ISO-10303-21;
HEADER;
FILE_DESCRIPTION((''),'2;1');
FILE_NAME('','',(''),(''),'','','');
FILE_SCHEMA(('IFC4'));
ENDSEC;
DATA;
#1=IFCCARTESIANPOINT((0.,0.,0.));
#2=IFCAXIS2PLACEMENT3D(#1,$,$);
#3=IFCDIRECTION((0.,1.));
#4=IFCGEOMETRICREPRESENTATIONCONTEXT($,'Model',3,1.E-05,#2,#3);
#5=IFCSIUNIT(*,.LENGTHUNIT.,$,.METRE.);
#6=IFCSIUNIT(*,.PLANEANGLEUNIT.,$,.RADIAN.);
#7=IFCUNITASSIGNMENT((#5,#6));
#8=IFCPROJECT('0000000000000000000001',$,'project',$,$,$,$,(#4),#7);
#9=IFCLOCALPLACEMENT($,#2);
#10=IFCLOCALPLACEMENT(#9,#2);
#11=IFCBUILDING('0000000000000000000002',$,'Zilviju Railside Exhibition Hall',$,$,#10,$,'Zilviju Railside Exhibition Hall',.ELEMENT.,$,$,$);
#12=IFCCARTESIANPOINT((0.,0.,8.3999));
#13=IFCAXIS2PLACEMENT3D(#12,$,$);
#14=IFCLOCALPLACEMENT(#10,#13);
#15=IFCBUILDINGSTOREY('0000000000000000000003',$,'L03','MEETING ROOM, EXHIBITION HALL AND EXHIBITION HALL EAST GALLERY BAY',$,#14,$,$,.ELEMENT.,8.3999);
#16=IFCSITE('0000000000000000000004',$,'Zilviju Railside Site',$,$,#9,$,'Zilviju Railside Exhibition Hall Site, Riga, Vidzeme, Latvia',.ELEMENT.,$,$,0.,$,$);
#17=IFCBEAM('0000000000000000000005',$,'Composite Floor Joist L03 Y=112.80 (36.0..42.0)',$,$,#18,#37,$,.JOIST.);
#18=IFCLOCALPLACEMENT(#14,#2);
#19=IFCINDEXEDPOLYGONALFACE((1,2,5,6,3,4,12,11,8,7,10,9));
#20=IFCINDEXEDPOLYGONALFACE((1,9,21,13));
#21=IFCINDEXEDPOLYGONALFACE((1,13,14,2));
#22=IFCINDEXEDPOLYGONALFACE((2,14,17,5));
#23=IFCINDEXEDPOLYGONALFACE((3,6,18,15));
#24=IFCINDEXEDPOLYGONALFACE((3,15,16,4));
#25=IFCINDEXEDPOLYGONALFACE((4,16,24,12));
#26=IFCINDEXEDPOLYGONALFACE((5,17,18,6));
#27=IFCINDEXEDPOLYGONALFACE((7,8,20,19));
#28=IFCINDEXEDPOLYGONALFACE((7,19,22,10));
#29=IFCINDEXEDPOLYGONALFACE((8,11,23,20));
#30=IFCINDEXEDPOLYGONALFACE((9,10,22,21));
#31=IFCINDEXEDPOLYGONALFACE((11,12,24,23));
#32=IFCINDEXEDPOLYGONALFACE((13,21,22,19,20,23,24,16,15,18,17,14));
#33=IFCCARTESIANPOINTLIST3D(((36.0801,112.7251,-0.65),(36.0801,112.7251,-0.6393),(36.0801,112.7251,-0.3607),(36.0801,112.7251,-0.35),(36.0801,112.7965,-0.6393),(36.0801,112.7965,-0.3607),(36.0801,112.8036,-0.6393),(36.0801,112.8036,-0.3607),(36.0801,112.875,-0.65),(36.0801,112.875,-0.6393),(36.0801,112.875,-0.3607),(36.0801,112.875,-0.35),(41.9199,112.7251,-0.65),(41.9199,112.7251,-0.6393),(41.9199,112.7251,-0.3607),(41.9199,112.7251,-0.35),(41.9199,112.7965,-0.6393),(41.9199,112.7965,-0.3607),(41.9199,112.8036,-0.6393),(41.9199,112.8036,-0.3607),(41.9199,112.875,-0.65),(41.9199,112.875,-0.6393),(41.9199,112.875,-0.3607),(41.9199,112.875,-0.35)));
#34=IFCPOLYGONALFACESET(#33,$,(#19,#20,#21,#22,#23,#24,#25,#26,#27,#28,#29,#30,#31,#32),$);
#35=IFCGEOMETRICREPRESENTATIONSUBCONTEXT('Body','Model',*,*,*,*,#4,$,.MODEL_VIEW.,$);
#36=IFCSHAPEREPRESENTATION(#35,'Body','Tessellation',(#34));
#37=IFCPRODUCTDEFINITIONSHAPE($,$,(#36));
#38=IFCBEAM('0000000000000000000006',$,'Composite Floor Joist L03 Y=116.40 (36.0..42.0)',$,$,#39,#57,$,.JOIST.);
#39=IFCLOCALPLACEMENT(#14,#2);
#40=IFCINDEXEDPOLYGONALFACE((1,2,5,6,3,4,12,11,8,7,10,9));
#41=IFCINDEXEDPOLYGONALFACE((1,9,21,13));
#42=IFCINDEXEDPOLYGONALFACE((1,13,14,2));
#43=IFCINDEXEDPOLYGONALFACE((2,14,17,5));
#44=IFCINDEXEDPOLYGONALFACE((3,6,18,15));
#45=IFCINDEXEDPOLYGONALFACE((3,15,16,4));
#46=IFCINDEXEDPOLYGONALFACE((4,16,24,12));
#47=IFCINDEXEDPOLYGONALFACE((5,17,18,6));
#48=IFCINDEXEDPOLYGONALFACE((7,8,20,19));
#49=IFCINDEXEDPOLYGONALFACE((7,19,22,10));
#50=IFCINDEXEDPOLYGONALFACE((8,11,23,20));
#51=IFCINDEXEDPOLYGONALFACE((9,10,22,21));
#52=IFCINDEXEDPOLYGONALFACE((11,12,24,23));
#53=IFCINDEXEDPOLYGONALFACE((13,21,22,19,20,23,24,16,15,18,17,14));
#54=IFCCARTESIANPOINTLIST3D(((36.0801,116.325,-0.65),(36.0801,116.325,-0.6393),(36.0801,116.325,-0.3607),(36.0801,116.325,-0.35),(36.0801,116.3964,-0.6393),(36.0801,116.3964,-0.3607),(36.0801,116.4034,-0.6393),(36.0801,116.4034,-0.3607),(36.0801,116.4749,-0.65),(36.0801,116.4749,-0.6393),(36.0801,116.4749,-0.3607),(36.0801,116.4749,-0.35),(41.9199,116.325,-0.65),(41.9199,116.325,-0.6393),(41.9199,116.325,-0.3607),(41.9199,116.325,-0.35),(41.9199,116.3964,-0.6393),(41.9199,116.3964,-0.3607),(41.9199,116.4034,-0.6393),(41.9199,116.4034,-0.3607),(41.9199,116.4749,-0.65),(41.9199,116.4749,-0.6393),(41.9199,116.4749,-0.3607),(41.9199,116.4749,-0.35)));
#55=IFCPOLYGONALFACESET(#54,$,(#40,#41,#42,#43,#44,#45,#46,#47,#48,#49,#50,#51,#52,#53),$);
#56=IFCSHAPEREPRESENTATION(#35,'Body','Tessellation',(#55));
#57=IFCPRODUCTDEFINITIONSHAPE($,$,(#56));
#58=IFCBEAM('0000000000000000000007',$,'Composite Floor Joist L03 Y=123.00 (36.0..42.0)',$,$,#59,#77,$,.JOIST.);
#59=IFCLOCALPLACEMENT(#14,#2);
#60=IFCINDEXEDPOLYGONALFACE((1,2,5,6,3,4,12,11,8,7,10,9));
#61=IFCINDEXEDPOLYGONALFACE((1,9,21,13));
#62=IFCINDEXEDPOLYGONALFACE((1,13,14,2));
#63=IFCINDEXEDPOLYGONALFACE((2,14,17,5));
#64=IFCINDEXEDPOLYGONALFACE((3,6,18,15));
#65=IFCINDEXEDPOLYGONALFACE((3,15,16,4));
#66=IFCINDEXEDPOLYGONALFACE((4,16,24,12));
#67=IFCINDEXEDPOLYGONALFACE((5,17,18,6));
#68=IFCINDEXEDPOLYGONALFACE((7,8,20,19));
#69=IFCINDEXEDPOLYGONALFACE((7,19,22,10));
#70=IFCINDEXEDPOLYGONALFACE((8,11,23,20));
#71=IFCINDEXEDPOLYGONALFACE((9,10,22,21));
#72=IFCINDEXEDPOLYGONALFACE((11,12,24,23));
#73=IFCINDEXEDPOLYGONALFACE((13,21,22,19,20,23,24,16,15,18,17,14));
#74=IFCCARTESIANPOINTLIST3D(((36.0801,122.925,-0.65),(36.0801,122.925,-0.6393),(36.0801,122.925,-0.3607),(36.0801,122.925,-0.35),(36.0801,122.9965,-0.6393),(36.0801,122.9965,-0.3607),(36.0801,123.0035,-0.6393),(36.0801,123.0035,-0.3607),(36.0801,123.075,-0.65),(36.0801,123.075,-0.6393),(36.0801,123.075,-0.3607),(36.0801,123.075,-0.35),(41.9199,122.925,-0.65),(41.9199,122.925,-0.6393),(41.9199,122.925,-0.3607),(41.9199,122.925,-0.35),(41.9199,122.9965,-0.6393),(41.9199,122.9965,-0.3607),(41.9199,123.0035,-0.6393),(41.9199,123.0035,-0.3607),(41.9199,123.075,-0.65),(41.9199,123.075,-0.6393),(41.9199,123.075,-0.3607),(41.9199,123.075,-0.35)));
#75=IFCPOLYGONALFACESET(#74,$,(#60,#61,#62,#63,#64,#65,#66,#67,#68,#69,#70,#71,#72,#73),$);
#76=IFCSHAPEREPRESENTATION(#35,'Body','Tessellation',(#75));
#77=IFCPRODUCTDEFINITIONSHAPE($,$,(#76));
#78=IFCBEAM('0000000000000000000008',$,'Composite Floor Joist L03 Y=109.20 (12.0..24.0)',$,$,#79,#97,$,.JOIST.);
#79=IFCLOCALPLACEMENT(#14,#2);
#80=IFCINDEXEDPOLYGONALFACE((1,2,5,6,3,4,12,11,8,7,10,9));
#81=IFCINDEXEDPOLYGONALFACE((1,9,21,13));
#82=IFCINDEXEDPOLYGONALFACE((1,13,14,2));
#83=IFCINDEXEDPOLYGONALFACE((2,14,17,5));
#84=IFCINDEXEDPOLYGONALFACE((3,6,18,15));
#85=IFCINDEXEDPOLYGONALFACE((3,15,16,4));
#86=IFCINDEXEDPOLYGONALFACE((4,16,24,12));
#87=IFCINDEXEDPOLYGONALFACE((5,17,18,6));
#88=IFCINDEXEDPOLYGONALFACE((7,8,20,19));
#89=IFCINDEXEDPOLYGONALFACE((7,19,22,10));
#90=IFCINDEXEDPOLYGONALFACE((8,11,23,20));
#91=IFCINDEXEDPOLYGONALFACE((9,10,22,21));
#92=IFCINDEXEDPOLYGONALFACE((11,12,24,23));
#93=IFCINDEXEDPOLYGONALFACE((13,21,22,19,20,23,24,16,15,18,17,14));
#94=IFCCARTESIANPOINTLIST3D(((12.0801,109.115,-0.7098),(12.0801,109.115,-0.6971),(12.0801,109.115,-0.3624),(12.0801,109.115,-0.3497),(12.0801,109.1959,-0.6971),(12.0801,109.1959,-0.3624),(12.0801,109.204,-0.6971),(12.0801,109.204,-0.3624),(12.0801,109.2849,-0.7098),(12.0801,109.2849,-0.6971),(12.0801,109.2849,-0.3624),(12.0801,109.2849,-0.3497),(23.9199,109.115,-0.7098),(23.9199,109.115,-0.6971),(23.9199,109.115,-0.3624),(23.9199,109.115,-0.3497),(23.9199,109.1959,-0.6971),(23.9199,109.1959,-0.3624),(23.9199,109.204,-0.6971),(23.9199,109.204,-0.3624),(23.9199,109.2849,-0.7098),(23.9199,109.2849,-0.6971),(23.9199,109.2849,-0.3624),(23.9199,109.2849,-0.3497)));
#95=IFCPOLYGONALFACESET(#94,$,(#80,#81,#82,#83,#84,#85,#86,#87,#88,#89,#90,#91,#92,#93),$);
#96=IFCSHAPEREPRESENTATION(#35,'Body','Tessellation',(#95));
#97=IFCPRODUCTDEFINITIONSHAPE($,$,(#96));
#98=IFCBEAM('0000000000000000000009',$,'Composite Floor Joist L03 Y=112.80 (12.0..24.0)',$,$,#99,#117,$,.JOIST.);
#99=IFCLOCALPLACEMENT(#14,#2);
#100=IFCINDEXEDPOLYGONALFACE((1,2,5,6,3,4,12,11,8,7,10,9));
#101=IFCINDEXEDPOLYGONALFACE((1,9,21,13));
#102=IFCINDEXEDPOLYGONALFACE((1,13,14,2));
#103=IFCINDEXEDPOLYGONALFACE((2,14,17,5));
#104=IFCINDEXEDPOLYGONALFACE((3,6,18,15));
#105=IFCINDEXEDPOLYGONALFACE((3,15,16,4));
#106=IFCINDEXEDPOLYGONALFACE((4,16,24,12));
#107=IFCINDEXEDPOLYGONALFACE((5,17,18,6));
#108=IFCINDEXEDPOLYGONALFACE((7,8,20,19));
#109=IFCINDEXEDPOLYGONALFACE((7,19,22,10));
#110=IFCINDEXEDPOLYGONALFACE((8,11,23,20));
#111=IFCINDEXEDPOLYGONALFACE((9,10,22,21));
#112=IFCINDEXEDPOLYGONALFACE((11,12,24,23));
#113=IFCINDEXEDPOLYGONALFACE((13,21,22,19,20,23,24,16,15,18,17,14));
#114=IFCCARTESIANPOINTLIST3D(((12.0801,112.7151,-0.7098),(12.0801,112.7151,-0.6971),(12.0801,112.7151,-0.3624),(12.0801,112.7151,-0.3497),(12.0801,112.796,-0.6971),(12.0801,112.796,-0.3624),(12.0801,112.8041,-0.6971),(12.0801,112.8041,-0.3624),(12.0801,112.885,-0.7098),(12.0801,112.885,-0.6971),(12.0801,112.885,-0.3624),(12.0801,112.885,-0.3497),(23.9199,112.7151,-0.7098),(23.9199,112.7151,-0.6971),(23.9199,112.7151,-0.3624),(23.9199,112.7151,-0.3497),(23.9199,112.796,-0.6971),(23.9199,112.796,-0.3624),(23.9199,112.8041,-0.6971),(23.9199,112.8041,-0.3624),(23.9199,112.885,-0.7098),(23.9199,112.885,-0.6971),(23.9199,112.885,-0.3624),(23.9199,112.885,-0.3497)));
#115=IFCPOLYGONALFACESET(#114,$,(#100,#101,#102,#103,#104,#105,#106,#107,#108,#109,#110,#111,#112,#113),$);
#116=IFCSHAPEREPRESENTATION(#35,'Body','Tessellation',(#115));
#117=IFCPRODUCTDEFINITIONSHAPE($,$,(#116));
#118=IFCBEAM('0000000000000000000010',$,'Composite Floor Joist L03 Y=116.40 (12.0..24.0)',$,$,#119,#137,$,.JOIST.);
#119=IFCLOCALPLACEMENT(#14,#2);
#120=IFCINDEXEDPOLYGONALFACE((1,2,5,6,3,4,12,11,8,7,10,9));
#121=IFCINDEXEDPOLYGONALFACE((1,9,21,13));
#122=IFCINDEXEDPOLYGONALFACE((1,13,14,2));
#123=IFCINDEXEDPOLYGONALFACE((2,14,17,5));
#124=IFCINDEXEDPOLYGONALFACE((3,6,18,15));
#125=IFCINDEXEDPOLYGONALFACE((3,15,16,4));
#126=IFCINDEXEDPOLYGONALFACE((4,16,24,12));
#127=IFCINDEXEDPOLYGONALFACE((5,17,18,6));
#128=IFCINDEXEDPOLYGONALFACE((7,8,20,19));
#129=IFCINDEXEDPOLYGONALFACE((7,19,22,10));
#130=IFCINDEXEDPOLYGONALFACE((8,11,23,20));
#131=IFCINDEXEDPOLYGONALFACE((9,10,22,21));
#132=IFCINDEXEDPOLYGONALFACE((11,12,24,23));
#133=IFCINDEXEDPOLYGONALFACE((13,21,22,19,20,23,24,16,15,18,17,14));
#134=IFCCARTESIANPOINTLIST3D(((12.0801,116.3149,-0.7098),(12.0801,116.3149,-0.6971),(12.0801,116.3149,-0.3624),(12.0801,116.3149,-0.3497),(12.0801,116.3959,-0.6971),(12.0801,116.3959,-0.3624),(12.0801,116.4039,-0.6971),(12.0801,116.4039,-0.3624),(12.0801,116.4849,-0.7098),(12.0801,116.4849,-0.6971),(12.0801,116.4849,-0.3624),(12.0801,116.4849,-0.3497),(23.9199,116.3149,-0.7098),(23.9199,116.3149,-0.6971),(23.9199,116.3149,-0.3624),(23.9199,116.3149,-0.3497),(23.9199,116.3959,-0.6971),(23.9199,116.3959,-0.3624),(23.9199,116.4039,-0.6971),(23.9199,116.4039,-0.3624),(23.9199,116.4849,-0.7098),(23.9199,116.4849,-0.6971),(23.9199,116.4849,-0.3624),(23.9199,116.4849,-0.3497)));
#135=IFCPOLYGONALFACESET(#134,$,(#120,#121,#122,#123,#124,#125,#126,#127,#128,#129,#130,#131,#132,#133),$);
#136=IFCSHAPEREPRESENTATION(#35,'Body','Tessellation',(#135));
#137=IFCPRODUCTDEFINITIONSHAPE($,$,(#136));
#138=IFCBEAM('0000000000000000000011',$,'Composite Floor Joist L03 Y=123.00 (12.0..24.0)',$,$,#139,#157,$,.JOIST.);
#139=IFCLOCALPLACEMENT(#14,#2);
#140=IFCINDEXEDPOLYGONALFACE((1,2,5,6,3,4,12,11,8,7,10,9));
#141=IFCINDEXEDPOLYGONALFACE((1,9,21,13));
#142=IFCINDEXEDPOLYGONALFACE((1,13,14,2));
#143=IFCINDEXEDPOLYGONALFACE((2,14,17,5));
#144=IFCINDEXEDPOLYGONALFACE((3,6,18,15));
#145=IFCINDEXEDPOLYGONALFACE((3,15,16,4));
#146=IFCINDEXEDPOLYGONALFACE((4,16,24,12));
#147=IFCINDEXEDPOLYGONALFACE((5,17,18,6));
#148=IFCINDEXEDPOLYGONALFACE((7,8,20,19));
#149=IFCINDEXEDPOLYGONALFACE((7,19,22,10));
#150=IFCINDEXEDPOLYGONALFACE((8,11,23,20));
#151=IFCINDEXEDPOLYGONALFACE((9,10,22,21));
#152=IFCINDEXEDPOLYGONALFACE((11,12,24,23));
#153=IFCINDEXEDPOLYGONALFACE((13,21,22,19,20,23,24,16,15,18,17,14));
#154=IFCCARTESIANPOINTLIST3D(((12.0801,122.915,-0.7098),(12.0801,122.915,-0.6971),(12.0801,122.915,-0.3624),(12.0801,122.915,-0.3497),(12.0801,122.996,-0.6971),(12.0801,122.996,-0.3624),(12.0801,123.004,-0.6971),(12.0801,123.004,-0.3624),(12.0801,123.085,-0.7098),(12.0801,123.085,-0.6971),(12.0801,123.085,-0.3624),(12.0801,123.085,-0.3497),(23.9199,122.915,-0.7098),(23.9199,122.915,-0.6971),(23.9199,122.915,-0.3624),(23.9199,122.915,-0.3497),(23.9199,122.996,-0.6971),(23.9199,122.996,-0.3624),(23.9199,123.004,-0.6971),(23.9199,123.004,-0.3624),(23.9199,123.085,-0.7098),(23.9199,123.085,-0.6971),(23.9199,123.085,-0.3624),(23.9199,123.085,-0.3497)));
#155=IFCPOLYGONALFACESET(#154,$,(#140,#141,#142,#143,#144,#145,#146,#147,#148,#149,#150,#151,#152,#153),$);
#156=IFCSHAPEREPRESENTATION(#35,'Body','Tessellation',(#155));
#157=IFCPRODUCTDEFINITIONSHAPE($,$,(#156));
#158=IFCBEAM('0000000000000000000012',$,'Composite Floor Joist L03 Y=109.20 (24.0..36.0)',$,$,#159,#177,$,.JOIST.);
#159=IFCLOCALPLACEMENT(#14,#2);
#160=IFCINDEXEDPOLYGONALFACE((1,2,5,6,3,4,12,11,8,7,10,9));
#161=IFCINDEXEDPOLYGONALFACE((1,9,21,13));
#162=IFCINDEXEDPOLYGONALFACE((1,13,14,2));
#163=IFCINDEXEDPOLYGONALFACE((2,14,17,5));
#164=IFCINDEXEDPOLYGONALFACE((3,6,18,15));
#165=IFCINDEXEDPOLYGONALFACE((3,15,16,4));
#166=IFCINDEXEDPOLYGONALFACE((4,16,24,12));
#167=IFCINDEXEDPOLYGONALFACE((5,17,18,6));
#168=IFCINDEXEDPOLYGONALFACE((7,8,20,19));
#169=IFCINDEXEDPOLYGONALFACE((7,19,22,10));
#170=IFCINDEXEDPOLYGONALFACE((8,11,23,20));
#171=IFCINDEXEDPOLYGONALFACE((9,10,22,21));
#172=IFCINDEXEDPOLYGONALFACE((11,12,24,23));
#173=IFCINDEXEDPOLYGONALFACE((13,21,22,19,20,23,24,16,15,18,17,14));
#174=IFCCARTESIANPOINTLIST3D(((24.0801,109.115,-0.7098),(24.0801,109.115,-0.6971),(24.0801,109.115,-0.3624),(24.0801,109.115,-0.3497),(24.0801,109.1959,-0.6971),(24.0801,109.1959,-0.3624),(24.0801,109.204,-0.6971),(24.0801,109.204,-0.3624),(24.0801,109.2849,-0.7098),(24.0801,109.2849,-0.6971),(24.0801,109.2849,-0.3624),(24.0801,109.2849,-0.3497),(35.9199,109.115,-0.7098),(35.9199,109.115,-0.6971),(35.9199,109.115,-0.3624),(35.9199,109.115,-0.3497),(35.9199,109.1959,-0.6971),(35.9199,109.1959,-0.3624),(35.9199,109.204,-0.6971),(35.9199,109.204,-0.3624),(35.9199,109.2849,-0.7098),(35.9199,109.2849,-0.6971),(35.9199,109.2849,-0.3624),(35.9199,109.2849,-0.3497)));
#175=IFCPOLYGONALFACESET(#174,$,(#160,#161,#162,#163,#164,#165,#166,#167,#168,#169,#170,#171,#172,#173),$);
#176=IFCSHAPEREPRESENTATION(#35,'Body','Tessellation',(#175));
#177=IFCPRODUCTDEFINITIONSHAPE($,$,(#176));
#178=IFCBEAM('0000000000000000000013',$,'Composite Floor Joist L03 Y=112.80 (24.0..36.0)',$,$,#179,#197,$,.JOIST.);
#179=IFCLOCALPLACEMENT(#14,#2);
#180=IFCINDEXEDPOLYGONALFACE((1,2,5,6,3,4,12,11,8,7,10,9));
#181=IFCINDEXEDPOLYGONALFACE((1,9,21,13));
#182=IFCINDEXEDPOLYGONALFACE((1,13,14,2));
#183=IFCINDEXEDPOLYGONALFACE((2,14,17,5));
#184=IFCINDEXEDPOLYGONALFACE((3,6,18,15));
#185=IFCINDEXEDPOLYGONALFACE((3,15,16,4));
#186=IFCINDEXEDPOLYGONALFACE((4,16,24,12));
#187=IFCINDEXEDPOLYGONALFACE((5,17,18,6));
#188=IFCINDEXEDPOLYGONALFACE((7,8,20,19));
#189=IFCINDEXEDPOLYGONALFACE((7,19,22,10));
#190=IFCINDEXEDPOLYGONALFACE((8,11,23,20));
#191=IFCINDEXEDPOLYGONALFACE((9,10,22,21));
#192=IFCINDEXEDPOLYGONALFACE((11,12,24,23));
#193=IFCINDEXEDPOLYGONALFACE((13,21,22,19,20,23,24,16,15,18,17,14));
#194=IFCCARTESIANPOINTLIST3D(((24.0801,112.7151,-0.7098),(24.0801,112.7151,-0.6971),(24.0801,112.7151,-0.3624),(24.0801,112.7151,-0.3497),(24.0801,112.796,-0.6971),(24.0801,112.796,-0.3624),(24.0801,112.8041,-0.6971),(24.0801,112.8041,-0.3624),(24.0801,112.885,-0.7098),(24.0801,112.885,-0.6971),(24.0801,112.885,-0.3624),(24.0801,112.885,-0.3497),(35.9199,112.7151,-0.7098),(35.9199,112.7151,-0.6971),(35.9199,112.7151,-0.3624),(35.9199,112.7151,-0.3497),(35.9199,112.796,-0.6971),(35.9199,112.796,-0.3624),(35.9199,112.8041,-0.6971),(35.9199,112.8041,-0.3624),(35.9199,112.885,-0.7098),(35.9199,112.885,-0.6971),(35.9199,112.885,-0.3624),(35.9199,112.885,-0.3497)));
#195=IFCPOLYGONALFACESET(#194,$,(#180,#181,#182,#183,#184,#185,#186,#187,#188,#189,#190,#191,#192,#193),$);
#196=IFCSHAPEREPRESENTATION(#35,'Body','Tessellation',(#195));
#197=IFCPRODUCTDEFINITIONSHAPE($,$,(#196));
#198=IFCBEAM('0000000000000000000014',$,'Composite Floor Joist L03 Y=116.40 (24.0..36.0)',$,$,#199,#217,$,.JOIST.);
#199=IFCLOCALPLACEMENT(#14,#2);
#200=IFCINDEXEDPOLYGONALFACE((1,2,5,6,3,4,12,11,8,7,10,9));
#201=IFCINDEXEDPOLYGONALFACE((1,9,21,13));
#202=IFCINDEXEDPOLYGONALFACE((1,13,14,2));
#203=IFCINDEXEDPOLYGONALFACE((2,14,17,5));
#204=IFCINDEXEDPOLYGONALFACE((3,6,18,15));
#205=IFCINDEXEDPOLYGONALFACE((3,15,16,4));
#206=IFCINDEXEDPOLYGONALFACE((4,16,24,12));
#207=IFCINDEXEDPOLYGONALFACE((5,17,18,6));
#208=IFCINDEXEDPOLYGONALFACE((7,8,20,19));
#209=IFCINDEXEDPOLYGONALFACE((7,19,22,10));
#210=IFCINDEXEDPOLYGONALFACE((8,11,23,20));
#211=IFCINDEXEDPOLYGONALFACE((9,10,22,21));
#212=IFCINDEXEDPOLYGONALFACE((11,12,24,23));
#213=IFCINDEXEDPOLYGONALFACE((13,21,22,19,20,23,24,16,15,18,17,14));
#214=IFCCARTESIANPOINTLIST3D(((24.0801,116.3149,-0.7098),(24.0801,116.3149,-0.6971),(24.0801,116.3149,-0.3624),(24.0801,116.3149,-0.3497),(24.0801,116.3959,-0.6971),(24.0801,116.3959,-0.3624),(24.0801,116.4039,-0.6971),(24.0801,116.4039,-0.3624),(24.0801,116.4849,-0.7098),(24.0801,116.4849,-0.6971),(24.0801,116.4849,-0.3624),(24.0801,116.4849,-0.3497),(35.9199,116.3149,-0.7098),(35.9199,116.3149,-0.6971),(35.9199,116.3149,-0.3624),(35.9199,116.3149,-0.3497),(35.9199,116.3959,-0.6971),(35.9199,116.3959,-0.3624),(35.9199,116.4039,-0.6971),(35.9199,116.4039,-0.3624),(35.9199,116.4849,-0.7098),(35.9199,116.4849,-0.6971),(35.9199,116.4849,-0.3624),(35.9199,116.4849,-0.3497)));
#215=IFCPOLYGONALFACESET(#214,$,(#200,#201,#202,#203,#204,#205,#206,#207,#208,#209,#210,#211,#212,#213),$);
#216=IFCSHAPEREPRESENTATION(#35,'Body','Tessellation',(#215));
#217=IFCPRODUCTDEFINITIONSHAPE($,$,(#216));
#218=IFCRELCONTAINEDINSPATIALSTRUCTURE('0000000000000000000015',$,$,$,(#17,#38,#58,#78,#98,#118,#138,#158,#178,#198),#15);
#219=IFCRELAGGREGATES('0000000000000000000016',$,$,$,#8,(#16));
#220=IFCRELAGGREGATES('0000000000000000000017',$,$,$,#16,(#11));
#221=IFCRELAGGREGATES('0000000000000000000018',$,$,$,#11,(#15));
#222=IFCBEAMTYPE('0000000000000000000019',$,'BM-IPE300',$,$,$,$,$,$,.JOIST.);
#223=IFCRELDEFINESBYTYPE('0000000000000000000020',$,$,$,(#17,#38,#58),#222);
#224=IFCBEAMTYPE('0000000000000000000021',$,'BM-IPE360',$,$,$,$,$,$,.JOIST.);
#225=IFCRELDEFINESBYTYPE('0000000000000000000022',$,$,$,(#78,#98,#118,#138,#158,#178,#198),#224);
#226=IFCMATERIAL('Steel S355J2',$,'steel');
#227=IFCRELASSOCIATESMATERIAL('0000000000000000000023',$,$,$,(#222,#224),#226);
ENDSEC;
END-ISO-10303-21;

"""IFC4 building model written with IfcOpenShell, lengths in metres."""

from ifc_helpers import new_model, si_unit, direction, frame, origin, origin_2d, place, context, subcontext, project, spatial, i_section, extrude, material, material_profile, profile_set, type_object, element, save


model = new_model("IFC4")

# Units and contexts
model_context = context("Model", 3, precision=1e-05, world=origin(), true_north=direction((0.0, 1.0)))
body_context = subcontext(model_context, "Body", "Model", "MODEL_VIEW")
ifc_project = project(units=[si_unit("LENGTHUNIT", "METRE"), si_unit("PLANEANGLEUNIT", "RADIAN")], contexts=[model_context])

# Site, building, storey
site_placement = place(None, origin())
site = spatial("IfcSite", under=ifc_project, at=site_placement, Name="Zilviju Railside Site", LongName="Zilviju Railside Exhibition Hall Site, Riga, Vidzeme, Latvia", CompositionType="ELEMENT", RefElevation=0.0)
building_placement = place(site_placement, origin())
building = spatial("IfcBuilding", under=site, at=building_placement, Name="Zilviju Railside Exhibition Hall", LongName="Zilviju Railside Exhibition Hall", CompositionType="ELEMENT")
storey_placement = place(building_placement, frame((0.0, 0.0, 8.3999)))
storey = spatial("IfcBuildingStorey", under=building, at=storey_placement, Name="L03", Description="MEETING ROOM, EXHIBITION HALL AND EXHIBITION HALL EAST GALLERY BAY", CompositionType="ELEMENT", Elevation=8.3999)

# Beams
ifc_material_1 = material(Name="Steel S355J2", Category="steel")
ifc_material_profile_1 = material_profile(ifc_material_1, i_section(OverallWidth=0.1499, OverallDepth=0.3, WebThickness=0.0071, FlangeThickness=0.0107, at=origin_2d()), Name="IPE 300")
ifc_profile_set_1 = profile_set([ifc_material_profile_1], Name="Steel S355J2")
beam_type_1 = type_object("IfcBeamType", Name="BM-IPE300", PredefinedType="JOIST", material=ifc_profile_set_1)
for number, where, z_axis, x_axis, name in (
    (1, (36.0801, 112.8, -0.5), (1.0, 0.0, 0.0), (0.0, 1.0, 0.0), "Composite Floor Joist L03 Y=112.80 (36.0..42.0)"),
    (2, (36.0801, 116.3999, -0.5), (1.0, 0.0, 0.0), (0.0, 1.0, 0.0), "Composite Floor Joist L03 Y=116.40 (36.0..42.0)"),
    (3, (36.0801, 123.0, -0.5), (1.0, 0.0, 0.0), (0.0, 1.0, 0.0), "Composite Floor Joist L03 Y=123.00 (36.0..42.0)"),
):
    element("IfcBeam", number, at=place(storey_placement, frame(where, z_axis=z_axis, x_axis=x_axis)), inside=storey, type_object=beam_type_1, Name=name, PredefinedType="JOIST", context=body_context, shape_type="SweptSolid", body=[
        extrude(i_section(OverallWidth=0.1499, OverallDepth=0.3, WebThickness=0.0071, FlangeThickness=0.0107, at=origin_2d()), origin(), (0.0, 0.0, 1.0), 5.8398),
    ])
ifc_material_profile_2 = material_profile(ifc_material_1, i_section(OverallWidth=0.1699, OverallDepth=0.3601, WebThickness=0.0081, FlangeThickness=0.0127, at=origin_2d()), Name="IPE 360")
ifc_profile_set_2 = profile_set([ifc_material_profile_2], Name="Steel S355J2")
beam_type_2 = type_object("IfcBeamType", Name="BM-IPE360", PredefinedType="JOIST", material=ifc_profile_set_2)
for number, where, z_axis, x_axis, name in (
    (4, (12.0801, 109.2, -0.5298), (1.0, 0.0, 0.0), (0.0, 1.0, 0.0), "Composite Floor Joist L03 Y=109.20 (12.0..24.0)"),
    (5, (12.0801, 112.8, -0.5298), (1.0, 0.0, 0.0), (0.0, 1.0, 0.0), "Composite Floor Joist L03 Y=112.80 (12.0..24.0)"),
    (6, (12.0801, 116.3999, -0.5298), (1.0, 0.0, 0.0), (0.0, 1.0, 0.0), "Composite Floor Joist L03 Y=116.40 (12.0..24.0)"),
    (7, (12.0801, 123.0, -0.5298), (1.0, 0.0, 0.0), (0.0, 1.0, 0.0), "Composite Floor Joist L03 Y=123.00 (12.0..24.0)"),
    (8, (24.0801, 109.2, -0.5298), (1.0, 0.0, 0.0), (0.0, 1.0, 0.0), "Composite Floor Joist L03 Y=109.20 (24.0..36.0)"),
    (9, (24.0801, 112.8, -0.5298), (1.0, 0.0, 0.0), (0.0, 1.0, 0.0), "Composite Floor Joist L03 Y=112.80 (24.0..36.0)"),
    (10, (24.0801, 116.3999, -0.5298), (1.0, 0.0, 0.0), (0.0, 1.0, 0.0), "Composite Floor Joist L03 Y=116.40 (24.0..36.0)"),
):
    element("IfcBeam", number, at=place(storey_placement, frame(where, z_axis=z_axis, x_axis=x_axis)), inside=storey, type_object=beam_type_2, Name=name, PredefinedType="JOIST", context=body_context, shape_type="SweptSolid", body=[
        extrude(i_section(OverallWidth=0.1699, OverallDepth=0.3601, WebThickness=0.0081, FlangeThickness=0.0127, at=origin_2d()), origin(), (0.0, 0.0, 1.0), 11.8398),
    ])

save(model, "model.ifc")
